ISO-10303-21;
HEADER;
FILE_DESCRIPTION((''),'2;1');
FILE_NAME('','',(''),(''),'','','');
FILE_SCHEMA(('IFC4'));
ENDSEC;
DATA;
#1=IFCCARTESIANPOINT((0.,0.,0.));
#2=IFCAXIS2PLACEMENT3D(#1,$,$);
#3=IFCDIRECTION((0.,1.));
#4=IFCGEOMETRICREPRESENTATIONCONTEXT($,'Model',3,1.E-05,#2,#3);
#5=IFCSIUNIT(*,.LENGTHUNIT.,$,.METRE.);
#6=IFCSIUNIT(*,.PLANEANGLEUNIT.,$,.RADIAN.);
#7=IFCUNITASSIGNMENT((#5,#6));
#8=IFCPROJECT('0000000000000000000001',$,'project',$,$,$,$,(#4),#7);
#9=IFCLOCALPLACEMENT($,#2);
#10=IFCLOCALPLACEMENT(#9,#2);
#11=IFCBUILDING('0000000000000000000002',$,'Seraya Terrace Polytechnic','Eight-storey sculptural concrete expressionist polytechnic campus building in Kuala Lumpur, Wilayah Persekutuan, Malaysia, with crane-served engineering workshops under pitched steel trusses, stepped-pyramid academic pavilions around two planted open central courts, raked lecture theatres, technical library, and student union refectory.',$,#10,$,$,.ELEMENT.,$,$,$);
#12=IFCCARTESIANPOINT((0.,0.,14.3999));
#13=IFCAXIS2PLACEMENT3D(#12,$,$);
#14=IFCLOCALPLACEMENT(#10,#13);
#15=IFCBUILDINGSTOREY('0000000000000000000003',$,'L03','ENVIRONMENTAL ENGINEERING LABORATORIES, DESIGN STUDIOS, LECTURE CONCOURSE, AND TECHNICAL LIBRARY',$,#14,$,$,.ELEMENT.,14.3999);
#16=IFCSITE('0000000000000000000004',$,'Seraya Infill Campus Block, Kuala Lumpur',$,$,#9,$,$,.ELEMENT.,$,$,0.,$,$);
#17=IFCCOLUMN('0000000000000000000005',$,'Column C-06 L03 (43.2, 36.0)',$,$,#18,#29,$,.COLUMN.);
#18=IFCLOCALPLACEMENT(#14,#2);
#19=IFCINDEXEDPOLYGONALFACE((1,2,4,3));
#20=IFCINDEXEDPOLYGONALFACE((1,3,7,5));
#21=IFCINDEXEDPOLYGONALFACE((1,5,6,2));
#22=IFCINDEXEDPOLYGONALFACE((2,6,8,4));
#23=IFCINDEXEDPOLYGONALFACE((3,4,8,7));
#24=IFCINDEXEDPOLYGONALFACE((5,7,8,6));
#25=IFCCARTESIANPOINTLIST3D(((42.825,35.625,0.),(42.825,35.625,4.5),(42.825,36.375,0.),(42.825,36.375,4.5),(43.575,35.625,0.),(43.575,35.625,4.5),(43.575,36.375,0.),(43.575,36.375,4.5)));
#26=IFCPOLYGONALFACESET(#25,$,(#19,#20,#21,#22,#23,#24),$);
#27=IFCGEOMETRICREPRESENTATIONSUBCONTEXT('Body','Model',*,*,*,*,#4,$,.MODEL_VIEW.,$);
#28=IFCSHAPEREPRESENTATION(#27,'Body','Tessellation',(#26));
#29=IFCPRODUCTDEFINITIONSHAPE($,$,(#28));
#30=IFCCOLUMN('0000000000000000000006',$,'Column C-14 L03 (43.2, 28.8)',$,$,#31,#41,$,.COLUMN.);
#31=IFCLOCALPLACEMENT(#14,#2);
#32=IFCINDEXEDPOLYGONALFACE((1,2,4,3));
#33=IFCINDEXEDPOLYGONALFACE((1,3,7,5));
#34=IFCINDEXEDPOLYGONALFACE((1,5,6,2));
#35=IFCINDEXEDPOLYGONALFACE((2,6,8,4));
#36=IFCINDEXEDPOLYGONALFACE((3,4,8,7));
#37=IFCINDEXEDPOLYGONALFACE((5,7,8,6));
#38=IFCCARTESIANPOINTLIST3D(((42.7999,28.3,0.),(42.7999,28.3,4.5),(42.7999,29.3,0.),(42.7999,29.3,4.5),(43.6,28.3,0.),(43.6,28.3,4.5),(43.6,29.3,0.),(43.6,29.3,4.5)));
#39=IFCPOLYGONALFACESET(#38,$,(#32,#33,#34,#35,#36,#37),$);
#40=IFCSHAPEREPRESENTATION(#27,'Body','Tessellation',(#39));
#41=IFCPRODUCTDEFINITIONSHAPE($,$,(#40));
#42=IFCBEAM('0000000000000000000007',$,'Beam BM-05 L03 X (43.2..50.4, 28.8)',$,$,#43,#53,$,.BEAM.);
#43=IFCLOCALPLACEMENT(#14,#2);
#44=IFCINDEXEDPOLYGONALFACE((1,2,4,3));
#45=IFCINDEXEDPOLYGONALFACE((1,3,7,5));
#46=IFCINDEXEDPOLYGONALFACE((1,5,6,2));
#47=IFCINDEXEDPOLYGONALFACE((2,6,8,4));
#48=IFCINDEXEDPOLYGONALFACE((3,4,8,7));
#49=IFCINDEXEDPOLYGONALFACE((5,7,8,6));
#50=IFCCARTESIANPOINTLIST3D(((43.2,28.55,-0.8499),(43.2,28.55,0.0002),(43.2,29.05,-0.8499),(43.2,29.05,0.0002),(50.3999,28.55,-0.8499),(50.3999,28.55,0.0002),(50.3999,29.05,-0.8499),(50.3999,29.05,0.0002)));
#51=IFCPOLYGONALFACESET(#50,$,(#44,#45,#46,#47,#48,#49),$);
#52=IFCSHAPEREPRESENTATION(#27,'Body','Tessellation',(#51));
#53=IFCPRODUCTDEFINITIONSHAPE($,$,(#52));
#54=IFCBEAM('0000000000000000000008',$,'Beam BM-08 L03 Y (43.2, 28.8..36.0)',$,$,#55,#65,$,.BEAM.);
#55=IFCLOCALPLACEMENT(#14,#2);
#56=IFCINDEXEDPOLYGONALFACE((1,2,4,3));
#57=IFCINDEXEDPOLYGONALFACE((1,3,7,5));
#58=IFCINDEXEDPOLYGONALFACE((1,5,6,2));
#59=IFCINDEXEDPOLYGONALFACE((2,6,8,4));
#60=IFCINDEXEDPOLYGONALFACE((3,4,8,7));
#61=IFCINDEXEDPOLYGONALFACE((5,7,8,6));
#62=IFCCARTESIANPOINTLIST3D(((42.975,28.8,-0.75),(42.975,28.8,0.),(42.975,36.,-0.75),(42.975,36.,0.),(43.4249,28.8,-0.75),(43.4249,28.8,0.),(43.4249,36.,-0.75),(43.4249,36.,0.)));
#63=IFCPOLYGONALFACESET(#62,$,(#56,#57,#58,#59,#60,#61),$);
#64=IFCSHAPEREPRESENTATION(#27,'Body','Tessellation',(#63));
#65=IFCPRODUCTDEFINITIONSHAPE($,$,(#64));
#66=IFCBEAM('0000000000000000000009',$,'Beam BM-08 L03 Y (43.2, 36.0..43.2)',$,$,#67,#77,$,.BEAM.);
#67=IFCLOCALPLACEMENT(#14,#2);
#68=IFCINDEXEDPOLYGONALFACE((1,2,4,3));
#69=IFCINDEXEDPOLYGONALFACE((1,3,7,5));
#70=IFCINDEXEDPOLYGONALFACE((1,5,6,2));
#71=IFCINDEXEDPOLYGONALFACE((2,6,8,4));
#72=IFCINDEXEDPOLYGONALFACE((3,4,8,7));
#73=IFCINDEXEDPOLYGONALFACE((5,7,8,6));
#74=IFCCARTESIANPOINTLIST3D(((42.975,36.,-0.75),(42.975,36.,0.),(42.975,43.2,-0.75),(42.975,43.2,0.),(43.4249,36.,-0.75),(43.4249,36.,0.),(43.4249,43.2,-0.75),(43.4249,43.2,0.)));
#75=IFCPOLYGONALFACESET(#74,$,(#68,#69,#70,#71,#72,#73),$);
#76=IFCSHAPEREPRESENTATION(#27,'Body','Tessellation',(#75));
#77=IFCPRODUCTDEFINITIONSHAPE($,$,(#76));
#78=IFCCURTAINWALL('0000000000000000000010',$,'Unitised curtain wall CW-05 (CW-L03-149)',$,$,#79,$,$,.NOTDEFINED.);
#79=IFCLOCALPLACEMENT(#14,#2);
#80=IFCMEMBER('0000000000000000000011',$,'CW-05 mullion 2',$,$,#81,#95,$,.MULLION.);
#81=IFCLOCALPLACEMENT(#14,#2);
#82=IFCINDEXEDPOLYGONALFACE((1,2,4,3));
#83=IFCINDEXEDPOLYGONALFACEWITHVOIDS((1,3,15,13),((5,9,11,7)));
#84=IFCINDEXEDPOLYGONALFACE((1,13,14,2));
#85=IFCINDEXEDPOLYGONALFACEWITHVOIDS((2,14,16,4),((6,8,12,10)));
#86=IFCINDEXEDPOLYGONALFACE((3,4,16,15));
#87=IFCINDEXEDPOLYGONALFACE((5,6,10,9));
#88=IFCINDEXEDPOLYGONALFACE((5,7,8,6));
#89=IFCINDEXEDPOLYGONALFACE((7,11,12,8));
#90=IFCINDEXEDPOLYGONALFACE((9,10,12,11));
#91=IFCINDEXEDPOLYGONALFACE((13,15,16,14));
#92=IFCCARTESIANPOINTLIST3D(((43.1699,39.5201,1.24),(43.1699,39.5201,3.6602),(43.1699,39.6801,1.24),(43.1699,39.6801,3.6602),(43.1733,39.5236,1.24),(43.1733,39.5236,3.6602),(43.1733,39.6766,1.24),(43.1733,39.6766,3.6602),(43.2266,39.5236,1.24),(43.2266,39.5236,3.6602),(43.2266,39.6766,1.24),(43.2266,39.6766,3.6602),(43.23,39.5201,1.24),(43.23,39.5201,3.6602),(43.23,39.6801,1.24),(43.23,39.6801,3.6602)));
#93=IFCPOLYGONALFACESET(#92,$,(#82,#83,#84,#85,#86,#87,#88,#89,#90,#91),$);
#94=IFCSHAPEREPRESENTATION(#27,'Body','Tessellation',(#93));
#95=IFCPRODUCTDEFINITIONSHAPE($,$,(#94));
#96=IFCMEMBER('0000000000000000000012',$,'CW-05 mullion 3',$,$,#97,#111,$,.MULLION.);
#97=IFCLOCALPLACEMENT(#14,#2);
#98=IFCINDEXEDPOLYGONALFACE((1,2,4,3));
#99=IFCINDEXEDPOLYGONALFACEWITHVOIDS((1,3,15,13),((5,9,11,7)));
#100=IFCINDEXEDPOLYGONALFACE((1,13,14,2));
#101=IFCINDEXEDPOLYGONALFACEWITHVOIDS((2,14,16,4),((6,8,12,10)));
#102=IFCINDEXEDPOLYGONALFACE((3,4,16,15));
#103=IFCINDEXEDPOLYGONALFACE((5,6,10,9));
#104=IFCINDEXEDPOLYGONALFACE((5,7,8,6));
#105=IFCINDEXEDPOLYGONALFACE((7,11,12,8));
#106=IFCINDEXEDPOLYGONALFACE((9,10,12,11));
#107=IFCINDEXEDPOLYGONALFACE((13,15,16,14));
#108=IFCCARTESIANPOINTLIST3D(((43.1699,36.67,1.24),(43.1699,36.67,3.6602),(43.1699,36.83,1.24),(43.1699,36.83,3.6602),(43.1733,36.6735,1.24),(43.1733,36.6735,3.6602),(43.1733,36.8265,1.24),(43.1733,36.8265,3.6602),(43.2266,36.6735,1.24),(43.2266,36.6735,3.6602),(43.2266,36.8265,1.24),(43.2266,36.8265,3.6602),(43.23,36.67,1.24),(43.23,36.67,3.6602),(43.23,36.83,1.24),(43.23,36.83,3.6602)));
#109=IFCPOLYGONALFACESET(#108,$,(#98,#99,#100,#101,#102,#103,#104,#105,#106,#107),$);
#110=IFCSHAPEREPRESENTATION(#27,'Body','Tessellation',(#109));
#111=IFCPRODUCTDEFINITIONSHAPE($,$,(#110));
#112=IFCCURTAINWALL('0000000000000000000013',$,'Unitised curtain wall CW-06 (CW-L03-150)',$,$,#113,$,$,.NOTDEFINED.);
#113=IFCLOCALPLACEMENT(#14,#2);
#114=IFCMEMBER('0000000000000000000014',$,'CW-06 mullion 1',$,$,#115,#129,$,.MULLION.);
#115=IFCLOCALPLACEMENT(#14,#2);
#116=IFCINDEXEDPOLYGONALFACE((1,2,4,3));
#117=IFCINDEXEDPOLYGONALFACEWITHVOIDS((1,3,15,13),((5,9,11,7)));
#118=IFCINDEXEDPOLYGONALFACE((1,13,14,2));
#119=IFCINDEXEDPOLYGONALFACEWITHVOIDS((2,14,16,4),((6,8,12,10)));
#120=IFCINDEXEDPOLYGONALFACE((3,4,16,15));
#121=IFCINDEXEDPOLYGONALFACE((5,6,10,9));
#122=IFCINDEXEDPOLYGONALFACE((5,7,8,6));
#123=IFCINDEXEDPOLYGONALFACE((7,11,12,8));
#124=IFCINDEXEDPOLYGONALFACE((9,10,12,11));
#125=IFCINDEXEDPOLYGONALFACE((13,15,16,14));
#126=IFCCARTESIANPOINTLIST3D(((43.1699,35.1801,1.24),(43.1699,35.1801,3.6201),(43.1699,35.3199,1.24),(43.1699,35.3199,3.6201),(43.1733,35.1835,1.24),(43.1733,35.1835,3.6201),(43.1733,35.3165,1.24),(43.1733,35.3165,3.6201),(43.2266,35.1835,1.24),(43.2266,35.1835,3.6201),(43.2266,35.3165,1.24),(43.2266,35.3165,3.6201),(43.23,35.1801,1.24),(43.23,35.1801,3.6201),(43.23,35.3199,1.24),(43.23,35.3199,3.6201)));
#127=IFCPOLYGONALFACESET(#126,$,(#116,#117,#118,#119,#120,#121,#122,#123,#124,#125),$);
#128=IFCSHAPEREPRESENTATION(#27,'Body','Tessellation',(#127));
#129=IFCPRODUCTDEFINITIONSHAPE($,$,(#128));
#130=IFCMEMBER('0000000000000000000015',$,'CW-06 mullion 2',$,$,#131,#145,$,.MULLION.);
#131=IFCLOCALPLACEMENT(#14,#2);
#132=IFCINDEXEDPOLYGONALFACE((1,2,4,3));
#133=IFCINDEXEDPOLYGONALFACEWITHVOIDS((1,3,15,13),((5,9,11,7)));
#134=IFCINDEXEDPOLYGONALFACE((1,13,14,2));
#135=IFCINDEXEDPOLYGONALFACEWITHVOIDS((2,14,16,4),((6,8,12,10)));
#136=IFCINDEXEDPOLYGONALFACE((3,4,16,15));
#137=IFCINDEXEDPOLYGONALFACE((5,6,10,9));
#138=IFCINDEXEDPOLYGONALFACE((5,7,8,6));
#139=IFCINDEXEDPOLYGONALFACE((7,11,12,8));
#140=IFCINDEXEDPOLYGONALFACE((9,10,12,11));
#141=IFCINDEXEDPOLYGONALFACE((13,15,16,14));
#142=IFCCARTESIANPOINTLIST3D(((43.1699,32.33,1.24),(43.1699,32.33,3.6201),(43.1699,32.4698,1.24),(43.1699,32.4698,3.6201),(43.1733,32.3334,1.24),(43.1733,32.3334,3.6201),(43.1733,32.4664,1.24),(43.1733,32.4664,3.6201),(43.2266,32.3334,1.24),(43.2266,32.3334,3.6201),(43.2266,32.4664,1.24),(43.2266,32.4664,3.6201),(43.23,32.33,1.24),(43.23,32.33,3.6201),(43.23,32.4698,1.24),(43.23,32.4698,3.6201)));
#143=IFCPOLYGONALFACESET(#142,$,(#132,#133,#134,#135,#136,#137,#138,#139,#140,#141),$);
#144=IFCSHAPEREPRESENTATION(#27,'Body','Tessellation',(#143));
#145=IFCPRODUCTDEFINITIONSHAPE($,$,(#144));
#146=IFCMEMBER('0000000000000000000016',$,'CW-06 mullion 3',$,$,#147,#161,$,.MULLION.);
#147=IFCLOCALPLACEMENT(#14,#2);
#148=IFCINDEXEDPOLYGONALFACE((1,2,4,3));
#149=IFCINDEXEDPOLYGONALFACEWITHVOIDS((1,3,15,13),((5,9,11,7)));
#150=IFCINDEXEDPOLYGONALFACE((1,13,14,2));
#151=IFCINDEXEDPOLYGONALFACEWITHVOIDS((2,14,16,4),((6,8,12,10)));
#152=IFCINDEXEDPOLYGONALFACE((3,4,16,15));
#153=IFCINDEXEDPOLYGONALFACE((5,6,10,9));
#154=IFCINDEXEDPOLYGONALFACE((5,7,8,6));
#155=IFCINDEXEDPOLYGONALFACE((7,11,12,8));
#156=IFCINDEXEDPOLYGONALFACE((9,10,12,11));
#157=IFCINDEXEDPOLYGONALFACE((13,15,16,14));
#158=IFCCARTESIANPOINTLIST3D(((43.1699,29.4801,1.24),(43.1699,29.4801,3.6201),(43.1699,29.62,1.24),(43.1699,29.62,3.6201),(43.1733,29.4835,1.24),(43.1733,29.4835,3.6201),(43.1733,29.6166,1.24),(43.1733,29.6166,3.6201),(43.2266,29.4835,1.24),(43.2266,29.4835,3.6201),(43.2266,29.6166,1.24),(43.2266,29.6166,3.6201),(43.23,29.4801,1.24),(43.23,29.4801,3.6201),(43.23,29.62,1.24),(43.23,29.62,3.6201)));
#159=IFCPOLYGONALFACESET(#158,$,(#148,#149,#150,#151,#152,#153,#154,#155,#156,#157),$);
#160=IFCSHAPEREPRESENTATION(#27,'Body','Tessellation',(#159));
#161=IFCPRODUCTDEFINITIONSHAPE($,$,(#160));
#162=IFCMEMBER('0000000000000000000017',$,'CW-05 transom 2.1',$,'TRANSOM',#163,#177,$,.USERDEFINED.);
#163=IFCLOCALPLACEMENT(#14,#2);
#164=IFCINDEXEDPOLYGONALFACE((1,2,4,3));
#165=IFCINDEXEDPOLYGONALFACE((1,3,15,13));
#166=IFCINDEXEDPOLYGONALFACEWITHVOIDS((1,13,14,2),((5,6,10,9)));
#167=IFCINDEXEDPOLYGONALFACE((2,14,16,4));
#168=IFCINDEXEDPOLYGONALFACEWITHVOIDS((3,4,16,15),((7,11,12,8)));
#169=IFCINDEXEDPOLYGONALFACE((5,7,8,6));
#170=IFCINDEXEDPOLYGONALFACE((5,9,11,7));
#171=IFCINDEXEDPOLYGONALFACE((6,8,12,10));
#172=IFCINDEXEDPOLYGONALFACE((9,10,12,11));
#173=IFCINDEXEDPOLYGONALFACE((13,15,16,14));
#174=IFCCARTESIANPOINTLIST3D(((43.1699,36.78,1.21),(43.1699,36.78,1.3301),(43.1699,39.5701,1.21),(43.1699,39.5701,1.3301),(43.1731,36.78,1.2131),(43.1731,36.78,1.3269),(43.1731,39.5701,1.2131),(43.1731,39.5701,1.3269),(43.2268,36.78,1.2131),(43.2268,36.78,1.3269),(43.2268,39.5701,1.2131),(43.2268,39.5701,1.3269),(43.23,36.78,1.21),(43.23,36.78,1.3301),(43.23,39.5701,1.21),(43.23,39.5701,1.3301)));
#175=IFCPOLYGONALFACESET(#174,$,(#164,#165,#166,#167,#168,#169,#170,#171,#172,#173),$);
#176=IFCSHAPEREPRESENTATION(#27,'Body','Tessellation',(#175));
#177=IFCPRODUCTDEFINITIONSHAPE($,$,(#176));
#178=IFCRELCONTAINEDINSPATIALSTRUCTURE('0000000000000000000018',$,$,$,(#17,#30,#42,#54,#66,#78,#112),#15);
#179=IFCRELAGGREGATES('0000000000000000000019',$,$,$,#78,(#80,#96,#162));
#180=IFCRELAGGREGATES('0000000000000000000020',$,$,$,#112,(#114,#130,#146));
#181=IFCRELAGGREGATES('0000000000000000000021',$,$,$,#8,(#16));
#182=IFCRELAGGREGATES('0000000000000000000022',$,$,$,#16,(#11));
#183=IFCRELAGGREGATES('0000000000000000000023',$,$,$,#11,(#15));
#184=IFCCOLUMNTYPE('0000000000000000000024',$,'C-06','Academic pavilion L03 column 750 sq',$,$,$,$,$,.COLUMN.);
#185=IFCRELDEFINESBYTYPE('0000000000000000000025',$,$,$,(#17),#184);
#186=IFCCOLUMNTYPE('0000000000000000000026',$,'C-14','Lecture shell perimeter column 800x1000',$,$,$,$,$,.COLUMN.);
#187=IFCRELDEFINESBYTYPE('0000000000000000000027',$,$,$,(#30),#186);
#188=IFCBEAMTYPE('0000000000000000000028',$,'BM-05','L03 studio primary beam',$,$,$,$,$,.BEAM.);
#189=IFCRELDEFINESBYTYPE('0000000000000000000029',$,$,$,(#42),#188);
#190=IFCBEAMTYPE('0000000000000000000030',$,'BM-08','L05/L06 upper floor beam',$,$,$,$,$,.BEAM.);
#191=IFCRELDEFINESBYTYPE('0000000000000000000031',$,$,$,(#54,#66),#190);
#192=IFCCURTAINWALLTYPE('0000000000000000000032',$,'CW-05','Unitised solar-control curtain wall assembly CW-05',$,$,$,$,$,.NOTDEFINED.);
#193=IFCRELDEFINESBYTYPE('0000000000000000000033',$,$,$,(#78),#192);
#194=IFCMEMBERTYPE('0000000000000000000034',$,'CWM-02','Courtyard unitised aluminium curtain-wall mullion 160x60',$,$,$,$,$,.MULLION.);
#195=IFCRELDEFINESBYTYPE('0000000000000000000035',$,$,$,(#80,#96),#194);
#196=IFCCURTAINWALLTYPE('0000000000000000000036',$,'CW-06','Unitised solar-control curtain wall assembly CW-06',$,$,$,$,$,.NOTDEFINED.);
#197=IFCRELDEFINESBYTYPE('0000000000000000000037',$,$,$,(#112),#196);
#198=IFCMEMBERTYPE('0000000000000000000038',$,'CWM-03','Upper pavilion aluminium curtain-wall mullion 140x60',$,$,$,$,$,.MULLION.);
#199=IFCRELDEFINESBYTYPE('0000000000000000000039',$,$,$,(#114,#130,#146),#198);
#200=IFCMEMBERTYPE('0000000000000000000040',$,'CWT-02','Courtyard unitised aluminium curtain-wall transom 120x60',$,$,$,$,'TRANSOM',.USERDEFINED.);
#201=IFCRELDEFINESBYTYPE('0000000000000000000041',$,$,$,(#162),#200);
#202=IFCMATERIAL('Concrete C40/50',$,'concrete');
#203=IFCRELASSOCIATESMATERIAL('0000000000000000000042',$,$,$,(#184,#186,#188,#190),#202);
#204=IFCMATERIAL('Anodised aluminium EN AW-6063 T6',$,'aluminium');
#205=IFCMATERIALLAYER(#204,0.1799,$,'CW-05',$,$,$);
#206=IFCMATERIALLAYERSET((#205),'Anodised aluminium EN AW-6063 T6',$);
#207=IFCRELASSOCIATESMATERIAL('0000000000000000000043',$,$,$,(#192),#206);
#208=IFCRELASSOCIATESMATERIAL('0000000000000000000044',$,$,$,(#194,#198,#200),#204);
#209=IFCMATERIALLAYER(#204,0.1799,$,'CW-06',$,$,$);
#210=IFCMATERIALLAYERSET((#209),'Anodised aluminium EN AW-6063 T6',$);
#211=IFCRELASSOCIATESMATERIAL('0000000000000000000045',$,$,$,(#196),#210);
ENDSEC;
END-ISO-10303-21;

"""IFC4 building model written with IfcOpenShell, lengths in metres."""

from ifc_helpers import new_model, si_unit, direction, frame, origin, origin_2d, place, context, subcontext, project, spatial, rectangle, hollow_rectangle, extrude, material, layer, layer_set, material_profile, profile_set, type_object, element, aggregate, save


model = new_model("IFC4")

# Units and contexts
model_context = context("Model", 3, precision=1e-05, world=origin(), true_north=direction((0.0, 1.0)))
body_context = subcontext(model_context, "Body", "Model", "MODEL_VIEW")
ifc_project = project(units=[si_unit("LENGTHUNIT", "METRE"), si_unit("PLANEANGLEUNIT", "RADIAN")], contexts=[model_context])

# Site, building, storey
site_placement = place(None, origin())
site = spatial("IfcSite", under=ifc_project, at=site_placement, Name="Seraya Infill Campus Block, Kuala Lumpur", CompositionType="ELEMENT", RefElevation=0.0)
building_placement = place(site_placement, origin())
building = spatial("IfcBuilding", under=site, at=building_placement, Name="Seraya Terrace Polytechnic", Description="Eight-storey sculptural concrete expressionist polytechnic campus building in Kuala Lumpur, Wilayah Persekutuan, Malaysia, with crane-served engineering workshops under pitched steel trusses, stepped-pyramid academic pavilions around two planted open central courts, raked lecture theatres, technical library, and student union refectory.", CompositionType="ELEMENT")
storey_placement = place(building_placement, frame((0.0, 0.0, 14.3999)))
storey = spatial("IfcBuildingStorey", under=building, at=storey_placement, Name="L03", Description="ENVIRONMENTAL ENGINEERING LABORATORIES, DESIGN STUDIOS, LECTURE CONCOURSE, AND TECHNICAL LIBRARY", CompositionType="ELEMENT", Elevation=14.3999)

# Columns
ifc_material_1 = material(Name="Concrete C40/50", Category="concrete")
ifc_material_profile_1 = material_profile(ifc_material_1, rectangle(XDim=0.75, YDim=0.75, at=origin_2d()), Name="RC 750x750")
ifc_profile_set_1 = profile_set([ifc_material_profile_1], Name="Concrete C40/50")
column_type_1 = type_object("IfcColumnType", Name="C-06", Description="Academic pavilion L03 column 750 sq", PredefinedType="COLUMN", material=ifc_profile_set_1)
column_1_placement = place(storey_placement, frame((43.2, 36.0, 0.0), z_axis=(0.0, 0.0, 1.0), x_axis=(1.0, 0.0, 0.0)))
element("IfcColumn", 1, at=column_1_placement, inside=storey, type_object=column_type_1, Name="Column C-06 L03 (43.2, 36.0)", PredefinedType="COLUMN", context=body_context, shape_type="SweptSolid", body=[
    extrude(rectangle(XDim=0.75, YDim=0.75, at=origin_2d()), origin(), (0.0, 0.0, 1.0), 4.5),
])
ifc_material_profile_2 = material_profile(ifc_material_1, rectangle(XDim=0.8, YDim=1.0, at=origin_2d()), Name="RC 800x1000")
ifc_profile_set_2 = profile_set([ifc_material_profile_2], Name="Concrete C40/50")
column_type_2 = type_object("IfcColumnType", Name="C-14", Description="Lecture shell perimeter column 800x1000", PredefinedType="COLUMN", material=ifc_profile_set_2)
column_2_placement = place(storey_placement, frame((43.2, 28.8, 0.0), z_axis=(0.0, 0.0, 1.0), x_axis=(1.0, 0.0, 0.0)))
element("IfcColumn", 2, at=column_2_placement, inside=storey, type_object=column_type_2, Name="Column C-14 L03 (43.2, 28.8)", PredefinedType="COLUMN", context=body_context, shape_type="SweptSolid", body=[
    extrude(rectangle(XDim=0.8, YDim=1.0, at=origin_2d()), origin(), (0.0, 0.0, 1.0), 4.5),
])

# Beams
ifc_material_profile_3 = material_profile(ifc_material_1, rectangle(XDim=0.5, YDim=0.8501, at=origin_2d()), Name="RC 500x850")
ifc_profile_set_3 = profile_set([ifc_material_profile_3], Name="Concrete C40/50")
beam_type_1 = type_object("IfcBeamType", Name="BM-05", Description="L03 studio primary beam", PredefinedType="BEAM", material=ifc_profile_set_3)
beam_placement = place(storey_placement, frame((43.2, 28.8, -0.4248), z_axis=(1.0, 0.0, 0.0), x_axis=(0.0, 1.0, 0.0)))
element("IfcBeam", 3, at=beam_placement, inside=storey, type_object=beam_type_1, Name="Beam BM-05 L03 X (43.2..50.4, 28.8)", PredefinedType="BEAM", context=body_context, shape_type="SweptSolid", body=[
    extrude(rectangle(XDim=0.5, YDim=0.8501, at=origin_2d()), origin(), (0.0, 0.0, 1.0), 7.2),
])
ifc_material_profile_4 = material_profile(ifc_material_1, rectangle(XDim=0.45, YDim=0.75, at=origin_2d()), Name="RC 450x750")
ifc_profile_set_4 = profile_set([ifc_material_profile_4], Name="Concrete C40/50")
beam_type_2 = type_object("IfcBeamType", Name="BM-08", Description="L05/L06 upper floor beam", PredefinedType="BEAM", material=ifc_profile_set_4)
for number, where, z_axis, x_axis, name in (
    (4, (43.2, 28.8, -0.375), (0.0, 1.0, 0.0), (-1.0, 0.0, 0.0), "Beam BM-08 L03 Y (43.2, 28.8..36.0)"),
    (5, (43.2, 36.0, -0.375), (0.0, 1.0, 0.0), (-1.0, 0.0, 0.0), "Beam BM-08 L03 Y (43.2, 36.0..43.2)"),
):
    element("IfcBeam", number, at=place(storey_placement, frame(where, z_axis=z_axis, x_axis=x_axis)), inside=storey, type_object=beam_type_2, Name=name, PredefinedType="BEAM", context=body_context, shape_type="SweptSolid", body=[
        extrude(rectangle(XDim=0.45, YDim=0.75, at=origin_2d()), origin(), (0.0, 0.0, 1.0), 7.2),
    ])

# Curtain walls, members
ifc_material_2 = material(Name="Anodised aluminium EN AW-6063 T6", Category="aluminium")
ifc_layer_1 = layer(ifc_material_2, 0.1799, Name="CW-05")
ifc_layer_set_1 = layer_set([ifc_layer_1], Name="Anodised aluminium EN AW-6063 T6")
curtain_wall_type_1 = type_object("IfcCurtainWallType", Name="CW-05", Description="Unitised solar-control curtain wall assembly CW-05", PredefinedType="NOTDEFINED", material=ifc_layer_set_1)
curtain_wall_1_placement = place(storey_placement, origin())
curtain_wall_1 = element("IfcCurtainWall", 6, at=curtain_wall_1_placement, inside=storey, type_object=curtain_wall_type_1, Name="Unitised curtain wall CW-05 (CW-L03-149)", PredefinedType="NOTDEFINED")
ifc_material_profile_5 = material_profile(ifc_material_2, hollow_rectangle(XDim=0.0601, YDim=0.1599, WallThickness=0.0034, at=origin_2d()), Name="RHS 160x60x3.5")
ifc_profile_set_5 = profile_set([ifc_material_profile_5], Name="Anodised aluminium EN AW-6063 T6")
member_type_1 = type_object("IfcMemberType", Name="CWM-02", Description="Courtyard unitised aluminium curtain-wall mullion 160x60", PredefinedType="MULLION", material=ifc_profile_set_5)
member_1_placement = place(storey_placement, frame((43.2, 39.6001, 1.24), z_axis=(0.0, 0.0, 1.0), x_axis=(1.0, 0.0, 0.0)))
member_1 = element("IfcMember", 7, at=member_1_placement, type_object=member_type_1, Name="CW-05 mullion 2", PredefinedType="MULLION", context=body_context, shape_type="SweptSolid", body=[
    extrude(hollow_rectangle(XDim=0.0601, YDim=0.1599, WallThickness=0.0034, at=origin_2d()), origin(), (0.0, 0.0, 1.0), 2.4202),
])
member_2_placement = place(storey_placement, frame((43.2, 36.75, 1.24), z_axis=(0.0, 0.0, 1.0), x_axis=(1.0, 0.0, 0.0)))
member_2 = element("IfcMember", 8, at=member_2_placement, type_object=member_type_1, Name="CW-05 mullion 3", PredefinedType="MULLION", context=body_context, shape_type="SweptSolid", body=[
    extrude(hollow_rectangle(XDim=0.0601, YDim=0.1599, WallThickness=0.0034, at=origin_2d()), origin(), (0.0, 0.0, 1.0), 2.4202),
])
ifc_layer_2 = layer(ifc_material_2, 0.1799, Name="CW-06")
ifc_layer_set_2 = layer_set([ifc_layer_2], Name="Anodised aluminium EN AW-6063 T6")
curtain_wall_type_2 = type_object("IfcCurtainWallType", Name="CW-06", Description="Unitised solar-control curtain wall assembly CW-06", PredefinedType="NOTDEFINED", material=ifc_layer_set_2)
curtain_wall_2_placement = place(storey_placement, origin())
curtain_wall_2 = element("IfcCurtainWall", 9, at=curtain_wall_2_placement, inside=storey, type_object=curtain_wall_type_2, Name="Unitised curtain wall CW-06 (CW-L03-150)", PredefinedType="NOTDEFINED")
ifc_material_profile_6 = material_profile(ifc_material_2, hollow_rectangle(XDim=0.0601, YDim=0.1399, WallThickness=0.0034, at=origin_2d()), Name="RHS 140x60x3.5")
ifc_profile_set_6 = profile_set([ifc_material_profile_6], Name="Anodised aluminium EN AW-6063 T6")
member_type_2 = type_object("IfcMemberType", Name="CWM-03", Description="Upper pavilion aluminium curtain-wall mullion 140x60", PredefinedType="MULLION", material=ifc_profile_set_6)
member_3_placement = place(storey_placement, frame((43.2, 35.25, 1.24), z_axis=(0.0, 0.0, 1.0), x_axis=(1.0, 0.0, 0.0)))
member_3 = element("IfcMember", 10, at=member_3_placement, type_object=member_type_2, Name="CW-06 mullion 1", PredefinedType="MULLION", context=body_context, shape_type="SweptSolid", body=[
    extrude(hollow_rectangle(XDim=0.0601, YDim=0.1399, WallThickness=0.0034, at=origin_2d()), origin(), (0.0, 0.0, 1.0), 2.3801),
])
member_4_placement = place(storey_placement, frame((43.2, 32.3999, 1.24), z_axis=(0.0, 0.0, 1.0), x_axis=(1.0, 0.0, 0.0)))
member_4 = element("IfcMember", 11, at=member_4_placement, type_object=member_type_2, Name="CW-06 mullion 2", PredefinedType="MULLION", context=body_context, shape_type="SweptSolid", body=[
    extrude(hollow_rectangle(XDim=0.0601, YDim=0.1399, WallThickness=0.0034, at=origin_2d()), origin(), (0.0, 0.0, 1.0), 2.3801),
])
member_5_placement = place(storey_placement, frame((43.2, 29.55, 1.24), z_axis=(0.0, 0.0, 1.0), x_axis=(1.0, 0.0, 0.0)))
member_5 = element("IfcMember", 12, at=member_5_placement, type_object=member_type_2, Name="CW-06 mullion 3", PredefinedType="MULLION", context=body_context, shape_type="SweptSolid", body=[
    extrude(hollow_rectangle(XDim=0.0601, YDim=0.1399, WallThickness=0.0034, at=origin_2d()), origin(), (0.0, 0.0, 1.0), 2.3801),
])

# Member
ifc_material_profile_7 = material_profile(ifc_material_2, hollow_rectangle(XDim=0.0601, YDim=0.1201, WallThickness=0.0032, at=origin_2d()), Name="RHS 120x60x3.2")
ifc_profile_set_7 = profile_set([ifc_material_profile_7], Name="Anodised aluminium EN AW-6063 T6")
member_type_3 = type_object("IfcMemberType", Name="CWT-02", Description="Courtyard unitised aluminium curtain-wall transom 120x60", ElementType="TRANSOM", PredefinedType="USERDEFINED", material=ifc_profile_set_7)
member_6_placement = place(storey_placement, frame((43.2, 39.5701, 1.27), z_axis=(0.0, -1.0, 0.0), x_axis=(1.0, 0.0, 0.0)))
member_6 = element("IfcMember", 13, at=member_6_placement, type_object=member_type_3, Name="CW-05 transom 2.1", ObjectType="TRANSOM", PredefinedType="USERDEFINED", context=body_context, shape_type="SweptSolid", body=[
    extrude(hollow_rectangle(XDim=0.0601, YDim=0.1201, WallThickness=0.0032, at=origin_2d()), origin(), (0.0, 0.0, 1.0), 2.79),
])

aggregate(curtain_wall_1, [member_1, member_2, member_6])
aggregate(curtain_wall_2, [member_3, member_4, member_5])

save(model, "model.ifc")
